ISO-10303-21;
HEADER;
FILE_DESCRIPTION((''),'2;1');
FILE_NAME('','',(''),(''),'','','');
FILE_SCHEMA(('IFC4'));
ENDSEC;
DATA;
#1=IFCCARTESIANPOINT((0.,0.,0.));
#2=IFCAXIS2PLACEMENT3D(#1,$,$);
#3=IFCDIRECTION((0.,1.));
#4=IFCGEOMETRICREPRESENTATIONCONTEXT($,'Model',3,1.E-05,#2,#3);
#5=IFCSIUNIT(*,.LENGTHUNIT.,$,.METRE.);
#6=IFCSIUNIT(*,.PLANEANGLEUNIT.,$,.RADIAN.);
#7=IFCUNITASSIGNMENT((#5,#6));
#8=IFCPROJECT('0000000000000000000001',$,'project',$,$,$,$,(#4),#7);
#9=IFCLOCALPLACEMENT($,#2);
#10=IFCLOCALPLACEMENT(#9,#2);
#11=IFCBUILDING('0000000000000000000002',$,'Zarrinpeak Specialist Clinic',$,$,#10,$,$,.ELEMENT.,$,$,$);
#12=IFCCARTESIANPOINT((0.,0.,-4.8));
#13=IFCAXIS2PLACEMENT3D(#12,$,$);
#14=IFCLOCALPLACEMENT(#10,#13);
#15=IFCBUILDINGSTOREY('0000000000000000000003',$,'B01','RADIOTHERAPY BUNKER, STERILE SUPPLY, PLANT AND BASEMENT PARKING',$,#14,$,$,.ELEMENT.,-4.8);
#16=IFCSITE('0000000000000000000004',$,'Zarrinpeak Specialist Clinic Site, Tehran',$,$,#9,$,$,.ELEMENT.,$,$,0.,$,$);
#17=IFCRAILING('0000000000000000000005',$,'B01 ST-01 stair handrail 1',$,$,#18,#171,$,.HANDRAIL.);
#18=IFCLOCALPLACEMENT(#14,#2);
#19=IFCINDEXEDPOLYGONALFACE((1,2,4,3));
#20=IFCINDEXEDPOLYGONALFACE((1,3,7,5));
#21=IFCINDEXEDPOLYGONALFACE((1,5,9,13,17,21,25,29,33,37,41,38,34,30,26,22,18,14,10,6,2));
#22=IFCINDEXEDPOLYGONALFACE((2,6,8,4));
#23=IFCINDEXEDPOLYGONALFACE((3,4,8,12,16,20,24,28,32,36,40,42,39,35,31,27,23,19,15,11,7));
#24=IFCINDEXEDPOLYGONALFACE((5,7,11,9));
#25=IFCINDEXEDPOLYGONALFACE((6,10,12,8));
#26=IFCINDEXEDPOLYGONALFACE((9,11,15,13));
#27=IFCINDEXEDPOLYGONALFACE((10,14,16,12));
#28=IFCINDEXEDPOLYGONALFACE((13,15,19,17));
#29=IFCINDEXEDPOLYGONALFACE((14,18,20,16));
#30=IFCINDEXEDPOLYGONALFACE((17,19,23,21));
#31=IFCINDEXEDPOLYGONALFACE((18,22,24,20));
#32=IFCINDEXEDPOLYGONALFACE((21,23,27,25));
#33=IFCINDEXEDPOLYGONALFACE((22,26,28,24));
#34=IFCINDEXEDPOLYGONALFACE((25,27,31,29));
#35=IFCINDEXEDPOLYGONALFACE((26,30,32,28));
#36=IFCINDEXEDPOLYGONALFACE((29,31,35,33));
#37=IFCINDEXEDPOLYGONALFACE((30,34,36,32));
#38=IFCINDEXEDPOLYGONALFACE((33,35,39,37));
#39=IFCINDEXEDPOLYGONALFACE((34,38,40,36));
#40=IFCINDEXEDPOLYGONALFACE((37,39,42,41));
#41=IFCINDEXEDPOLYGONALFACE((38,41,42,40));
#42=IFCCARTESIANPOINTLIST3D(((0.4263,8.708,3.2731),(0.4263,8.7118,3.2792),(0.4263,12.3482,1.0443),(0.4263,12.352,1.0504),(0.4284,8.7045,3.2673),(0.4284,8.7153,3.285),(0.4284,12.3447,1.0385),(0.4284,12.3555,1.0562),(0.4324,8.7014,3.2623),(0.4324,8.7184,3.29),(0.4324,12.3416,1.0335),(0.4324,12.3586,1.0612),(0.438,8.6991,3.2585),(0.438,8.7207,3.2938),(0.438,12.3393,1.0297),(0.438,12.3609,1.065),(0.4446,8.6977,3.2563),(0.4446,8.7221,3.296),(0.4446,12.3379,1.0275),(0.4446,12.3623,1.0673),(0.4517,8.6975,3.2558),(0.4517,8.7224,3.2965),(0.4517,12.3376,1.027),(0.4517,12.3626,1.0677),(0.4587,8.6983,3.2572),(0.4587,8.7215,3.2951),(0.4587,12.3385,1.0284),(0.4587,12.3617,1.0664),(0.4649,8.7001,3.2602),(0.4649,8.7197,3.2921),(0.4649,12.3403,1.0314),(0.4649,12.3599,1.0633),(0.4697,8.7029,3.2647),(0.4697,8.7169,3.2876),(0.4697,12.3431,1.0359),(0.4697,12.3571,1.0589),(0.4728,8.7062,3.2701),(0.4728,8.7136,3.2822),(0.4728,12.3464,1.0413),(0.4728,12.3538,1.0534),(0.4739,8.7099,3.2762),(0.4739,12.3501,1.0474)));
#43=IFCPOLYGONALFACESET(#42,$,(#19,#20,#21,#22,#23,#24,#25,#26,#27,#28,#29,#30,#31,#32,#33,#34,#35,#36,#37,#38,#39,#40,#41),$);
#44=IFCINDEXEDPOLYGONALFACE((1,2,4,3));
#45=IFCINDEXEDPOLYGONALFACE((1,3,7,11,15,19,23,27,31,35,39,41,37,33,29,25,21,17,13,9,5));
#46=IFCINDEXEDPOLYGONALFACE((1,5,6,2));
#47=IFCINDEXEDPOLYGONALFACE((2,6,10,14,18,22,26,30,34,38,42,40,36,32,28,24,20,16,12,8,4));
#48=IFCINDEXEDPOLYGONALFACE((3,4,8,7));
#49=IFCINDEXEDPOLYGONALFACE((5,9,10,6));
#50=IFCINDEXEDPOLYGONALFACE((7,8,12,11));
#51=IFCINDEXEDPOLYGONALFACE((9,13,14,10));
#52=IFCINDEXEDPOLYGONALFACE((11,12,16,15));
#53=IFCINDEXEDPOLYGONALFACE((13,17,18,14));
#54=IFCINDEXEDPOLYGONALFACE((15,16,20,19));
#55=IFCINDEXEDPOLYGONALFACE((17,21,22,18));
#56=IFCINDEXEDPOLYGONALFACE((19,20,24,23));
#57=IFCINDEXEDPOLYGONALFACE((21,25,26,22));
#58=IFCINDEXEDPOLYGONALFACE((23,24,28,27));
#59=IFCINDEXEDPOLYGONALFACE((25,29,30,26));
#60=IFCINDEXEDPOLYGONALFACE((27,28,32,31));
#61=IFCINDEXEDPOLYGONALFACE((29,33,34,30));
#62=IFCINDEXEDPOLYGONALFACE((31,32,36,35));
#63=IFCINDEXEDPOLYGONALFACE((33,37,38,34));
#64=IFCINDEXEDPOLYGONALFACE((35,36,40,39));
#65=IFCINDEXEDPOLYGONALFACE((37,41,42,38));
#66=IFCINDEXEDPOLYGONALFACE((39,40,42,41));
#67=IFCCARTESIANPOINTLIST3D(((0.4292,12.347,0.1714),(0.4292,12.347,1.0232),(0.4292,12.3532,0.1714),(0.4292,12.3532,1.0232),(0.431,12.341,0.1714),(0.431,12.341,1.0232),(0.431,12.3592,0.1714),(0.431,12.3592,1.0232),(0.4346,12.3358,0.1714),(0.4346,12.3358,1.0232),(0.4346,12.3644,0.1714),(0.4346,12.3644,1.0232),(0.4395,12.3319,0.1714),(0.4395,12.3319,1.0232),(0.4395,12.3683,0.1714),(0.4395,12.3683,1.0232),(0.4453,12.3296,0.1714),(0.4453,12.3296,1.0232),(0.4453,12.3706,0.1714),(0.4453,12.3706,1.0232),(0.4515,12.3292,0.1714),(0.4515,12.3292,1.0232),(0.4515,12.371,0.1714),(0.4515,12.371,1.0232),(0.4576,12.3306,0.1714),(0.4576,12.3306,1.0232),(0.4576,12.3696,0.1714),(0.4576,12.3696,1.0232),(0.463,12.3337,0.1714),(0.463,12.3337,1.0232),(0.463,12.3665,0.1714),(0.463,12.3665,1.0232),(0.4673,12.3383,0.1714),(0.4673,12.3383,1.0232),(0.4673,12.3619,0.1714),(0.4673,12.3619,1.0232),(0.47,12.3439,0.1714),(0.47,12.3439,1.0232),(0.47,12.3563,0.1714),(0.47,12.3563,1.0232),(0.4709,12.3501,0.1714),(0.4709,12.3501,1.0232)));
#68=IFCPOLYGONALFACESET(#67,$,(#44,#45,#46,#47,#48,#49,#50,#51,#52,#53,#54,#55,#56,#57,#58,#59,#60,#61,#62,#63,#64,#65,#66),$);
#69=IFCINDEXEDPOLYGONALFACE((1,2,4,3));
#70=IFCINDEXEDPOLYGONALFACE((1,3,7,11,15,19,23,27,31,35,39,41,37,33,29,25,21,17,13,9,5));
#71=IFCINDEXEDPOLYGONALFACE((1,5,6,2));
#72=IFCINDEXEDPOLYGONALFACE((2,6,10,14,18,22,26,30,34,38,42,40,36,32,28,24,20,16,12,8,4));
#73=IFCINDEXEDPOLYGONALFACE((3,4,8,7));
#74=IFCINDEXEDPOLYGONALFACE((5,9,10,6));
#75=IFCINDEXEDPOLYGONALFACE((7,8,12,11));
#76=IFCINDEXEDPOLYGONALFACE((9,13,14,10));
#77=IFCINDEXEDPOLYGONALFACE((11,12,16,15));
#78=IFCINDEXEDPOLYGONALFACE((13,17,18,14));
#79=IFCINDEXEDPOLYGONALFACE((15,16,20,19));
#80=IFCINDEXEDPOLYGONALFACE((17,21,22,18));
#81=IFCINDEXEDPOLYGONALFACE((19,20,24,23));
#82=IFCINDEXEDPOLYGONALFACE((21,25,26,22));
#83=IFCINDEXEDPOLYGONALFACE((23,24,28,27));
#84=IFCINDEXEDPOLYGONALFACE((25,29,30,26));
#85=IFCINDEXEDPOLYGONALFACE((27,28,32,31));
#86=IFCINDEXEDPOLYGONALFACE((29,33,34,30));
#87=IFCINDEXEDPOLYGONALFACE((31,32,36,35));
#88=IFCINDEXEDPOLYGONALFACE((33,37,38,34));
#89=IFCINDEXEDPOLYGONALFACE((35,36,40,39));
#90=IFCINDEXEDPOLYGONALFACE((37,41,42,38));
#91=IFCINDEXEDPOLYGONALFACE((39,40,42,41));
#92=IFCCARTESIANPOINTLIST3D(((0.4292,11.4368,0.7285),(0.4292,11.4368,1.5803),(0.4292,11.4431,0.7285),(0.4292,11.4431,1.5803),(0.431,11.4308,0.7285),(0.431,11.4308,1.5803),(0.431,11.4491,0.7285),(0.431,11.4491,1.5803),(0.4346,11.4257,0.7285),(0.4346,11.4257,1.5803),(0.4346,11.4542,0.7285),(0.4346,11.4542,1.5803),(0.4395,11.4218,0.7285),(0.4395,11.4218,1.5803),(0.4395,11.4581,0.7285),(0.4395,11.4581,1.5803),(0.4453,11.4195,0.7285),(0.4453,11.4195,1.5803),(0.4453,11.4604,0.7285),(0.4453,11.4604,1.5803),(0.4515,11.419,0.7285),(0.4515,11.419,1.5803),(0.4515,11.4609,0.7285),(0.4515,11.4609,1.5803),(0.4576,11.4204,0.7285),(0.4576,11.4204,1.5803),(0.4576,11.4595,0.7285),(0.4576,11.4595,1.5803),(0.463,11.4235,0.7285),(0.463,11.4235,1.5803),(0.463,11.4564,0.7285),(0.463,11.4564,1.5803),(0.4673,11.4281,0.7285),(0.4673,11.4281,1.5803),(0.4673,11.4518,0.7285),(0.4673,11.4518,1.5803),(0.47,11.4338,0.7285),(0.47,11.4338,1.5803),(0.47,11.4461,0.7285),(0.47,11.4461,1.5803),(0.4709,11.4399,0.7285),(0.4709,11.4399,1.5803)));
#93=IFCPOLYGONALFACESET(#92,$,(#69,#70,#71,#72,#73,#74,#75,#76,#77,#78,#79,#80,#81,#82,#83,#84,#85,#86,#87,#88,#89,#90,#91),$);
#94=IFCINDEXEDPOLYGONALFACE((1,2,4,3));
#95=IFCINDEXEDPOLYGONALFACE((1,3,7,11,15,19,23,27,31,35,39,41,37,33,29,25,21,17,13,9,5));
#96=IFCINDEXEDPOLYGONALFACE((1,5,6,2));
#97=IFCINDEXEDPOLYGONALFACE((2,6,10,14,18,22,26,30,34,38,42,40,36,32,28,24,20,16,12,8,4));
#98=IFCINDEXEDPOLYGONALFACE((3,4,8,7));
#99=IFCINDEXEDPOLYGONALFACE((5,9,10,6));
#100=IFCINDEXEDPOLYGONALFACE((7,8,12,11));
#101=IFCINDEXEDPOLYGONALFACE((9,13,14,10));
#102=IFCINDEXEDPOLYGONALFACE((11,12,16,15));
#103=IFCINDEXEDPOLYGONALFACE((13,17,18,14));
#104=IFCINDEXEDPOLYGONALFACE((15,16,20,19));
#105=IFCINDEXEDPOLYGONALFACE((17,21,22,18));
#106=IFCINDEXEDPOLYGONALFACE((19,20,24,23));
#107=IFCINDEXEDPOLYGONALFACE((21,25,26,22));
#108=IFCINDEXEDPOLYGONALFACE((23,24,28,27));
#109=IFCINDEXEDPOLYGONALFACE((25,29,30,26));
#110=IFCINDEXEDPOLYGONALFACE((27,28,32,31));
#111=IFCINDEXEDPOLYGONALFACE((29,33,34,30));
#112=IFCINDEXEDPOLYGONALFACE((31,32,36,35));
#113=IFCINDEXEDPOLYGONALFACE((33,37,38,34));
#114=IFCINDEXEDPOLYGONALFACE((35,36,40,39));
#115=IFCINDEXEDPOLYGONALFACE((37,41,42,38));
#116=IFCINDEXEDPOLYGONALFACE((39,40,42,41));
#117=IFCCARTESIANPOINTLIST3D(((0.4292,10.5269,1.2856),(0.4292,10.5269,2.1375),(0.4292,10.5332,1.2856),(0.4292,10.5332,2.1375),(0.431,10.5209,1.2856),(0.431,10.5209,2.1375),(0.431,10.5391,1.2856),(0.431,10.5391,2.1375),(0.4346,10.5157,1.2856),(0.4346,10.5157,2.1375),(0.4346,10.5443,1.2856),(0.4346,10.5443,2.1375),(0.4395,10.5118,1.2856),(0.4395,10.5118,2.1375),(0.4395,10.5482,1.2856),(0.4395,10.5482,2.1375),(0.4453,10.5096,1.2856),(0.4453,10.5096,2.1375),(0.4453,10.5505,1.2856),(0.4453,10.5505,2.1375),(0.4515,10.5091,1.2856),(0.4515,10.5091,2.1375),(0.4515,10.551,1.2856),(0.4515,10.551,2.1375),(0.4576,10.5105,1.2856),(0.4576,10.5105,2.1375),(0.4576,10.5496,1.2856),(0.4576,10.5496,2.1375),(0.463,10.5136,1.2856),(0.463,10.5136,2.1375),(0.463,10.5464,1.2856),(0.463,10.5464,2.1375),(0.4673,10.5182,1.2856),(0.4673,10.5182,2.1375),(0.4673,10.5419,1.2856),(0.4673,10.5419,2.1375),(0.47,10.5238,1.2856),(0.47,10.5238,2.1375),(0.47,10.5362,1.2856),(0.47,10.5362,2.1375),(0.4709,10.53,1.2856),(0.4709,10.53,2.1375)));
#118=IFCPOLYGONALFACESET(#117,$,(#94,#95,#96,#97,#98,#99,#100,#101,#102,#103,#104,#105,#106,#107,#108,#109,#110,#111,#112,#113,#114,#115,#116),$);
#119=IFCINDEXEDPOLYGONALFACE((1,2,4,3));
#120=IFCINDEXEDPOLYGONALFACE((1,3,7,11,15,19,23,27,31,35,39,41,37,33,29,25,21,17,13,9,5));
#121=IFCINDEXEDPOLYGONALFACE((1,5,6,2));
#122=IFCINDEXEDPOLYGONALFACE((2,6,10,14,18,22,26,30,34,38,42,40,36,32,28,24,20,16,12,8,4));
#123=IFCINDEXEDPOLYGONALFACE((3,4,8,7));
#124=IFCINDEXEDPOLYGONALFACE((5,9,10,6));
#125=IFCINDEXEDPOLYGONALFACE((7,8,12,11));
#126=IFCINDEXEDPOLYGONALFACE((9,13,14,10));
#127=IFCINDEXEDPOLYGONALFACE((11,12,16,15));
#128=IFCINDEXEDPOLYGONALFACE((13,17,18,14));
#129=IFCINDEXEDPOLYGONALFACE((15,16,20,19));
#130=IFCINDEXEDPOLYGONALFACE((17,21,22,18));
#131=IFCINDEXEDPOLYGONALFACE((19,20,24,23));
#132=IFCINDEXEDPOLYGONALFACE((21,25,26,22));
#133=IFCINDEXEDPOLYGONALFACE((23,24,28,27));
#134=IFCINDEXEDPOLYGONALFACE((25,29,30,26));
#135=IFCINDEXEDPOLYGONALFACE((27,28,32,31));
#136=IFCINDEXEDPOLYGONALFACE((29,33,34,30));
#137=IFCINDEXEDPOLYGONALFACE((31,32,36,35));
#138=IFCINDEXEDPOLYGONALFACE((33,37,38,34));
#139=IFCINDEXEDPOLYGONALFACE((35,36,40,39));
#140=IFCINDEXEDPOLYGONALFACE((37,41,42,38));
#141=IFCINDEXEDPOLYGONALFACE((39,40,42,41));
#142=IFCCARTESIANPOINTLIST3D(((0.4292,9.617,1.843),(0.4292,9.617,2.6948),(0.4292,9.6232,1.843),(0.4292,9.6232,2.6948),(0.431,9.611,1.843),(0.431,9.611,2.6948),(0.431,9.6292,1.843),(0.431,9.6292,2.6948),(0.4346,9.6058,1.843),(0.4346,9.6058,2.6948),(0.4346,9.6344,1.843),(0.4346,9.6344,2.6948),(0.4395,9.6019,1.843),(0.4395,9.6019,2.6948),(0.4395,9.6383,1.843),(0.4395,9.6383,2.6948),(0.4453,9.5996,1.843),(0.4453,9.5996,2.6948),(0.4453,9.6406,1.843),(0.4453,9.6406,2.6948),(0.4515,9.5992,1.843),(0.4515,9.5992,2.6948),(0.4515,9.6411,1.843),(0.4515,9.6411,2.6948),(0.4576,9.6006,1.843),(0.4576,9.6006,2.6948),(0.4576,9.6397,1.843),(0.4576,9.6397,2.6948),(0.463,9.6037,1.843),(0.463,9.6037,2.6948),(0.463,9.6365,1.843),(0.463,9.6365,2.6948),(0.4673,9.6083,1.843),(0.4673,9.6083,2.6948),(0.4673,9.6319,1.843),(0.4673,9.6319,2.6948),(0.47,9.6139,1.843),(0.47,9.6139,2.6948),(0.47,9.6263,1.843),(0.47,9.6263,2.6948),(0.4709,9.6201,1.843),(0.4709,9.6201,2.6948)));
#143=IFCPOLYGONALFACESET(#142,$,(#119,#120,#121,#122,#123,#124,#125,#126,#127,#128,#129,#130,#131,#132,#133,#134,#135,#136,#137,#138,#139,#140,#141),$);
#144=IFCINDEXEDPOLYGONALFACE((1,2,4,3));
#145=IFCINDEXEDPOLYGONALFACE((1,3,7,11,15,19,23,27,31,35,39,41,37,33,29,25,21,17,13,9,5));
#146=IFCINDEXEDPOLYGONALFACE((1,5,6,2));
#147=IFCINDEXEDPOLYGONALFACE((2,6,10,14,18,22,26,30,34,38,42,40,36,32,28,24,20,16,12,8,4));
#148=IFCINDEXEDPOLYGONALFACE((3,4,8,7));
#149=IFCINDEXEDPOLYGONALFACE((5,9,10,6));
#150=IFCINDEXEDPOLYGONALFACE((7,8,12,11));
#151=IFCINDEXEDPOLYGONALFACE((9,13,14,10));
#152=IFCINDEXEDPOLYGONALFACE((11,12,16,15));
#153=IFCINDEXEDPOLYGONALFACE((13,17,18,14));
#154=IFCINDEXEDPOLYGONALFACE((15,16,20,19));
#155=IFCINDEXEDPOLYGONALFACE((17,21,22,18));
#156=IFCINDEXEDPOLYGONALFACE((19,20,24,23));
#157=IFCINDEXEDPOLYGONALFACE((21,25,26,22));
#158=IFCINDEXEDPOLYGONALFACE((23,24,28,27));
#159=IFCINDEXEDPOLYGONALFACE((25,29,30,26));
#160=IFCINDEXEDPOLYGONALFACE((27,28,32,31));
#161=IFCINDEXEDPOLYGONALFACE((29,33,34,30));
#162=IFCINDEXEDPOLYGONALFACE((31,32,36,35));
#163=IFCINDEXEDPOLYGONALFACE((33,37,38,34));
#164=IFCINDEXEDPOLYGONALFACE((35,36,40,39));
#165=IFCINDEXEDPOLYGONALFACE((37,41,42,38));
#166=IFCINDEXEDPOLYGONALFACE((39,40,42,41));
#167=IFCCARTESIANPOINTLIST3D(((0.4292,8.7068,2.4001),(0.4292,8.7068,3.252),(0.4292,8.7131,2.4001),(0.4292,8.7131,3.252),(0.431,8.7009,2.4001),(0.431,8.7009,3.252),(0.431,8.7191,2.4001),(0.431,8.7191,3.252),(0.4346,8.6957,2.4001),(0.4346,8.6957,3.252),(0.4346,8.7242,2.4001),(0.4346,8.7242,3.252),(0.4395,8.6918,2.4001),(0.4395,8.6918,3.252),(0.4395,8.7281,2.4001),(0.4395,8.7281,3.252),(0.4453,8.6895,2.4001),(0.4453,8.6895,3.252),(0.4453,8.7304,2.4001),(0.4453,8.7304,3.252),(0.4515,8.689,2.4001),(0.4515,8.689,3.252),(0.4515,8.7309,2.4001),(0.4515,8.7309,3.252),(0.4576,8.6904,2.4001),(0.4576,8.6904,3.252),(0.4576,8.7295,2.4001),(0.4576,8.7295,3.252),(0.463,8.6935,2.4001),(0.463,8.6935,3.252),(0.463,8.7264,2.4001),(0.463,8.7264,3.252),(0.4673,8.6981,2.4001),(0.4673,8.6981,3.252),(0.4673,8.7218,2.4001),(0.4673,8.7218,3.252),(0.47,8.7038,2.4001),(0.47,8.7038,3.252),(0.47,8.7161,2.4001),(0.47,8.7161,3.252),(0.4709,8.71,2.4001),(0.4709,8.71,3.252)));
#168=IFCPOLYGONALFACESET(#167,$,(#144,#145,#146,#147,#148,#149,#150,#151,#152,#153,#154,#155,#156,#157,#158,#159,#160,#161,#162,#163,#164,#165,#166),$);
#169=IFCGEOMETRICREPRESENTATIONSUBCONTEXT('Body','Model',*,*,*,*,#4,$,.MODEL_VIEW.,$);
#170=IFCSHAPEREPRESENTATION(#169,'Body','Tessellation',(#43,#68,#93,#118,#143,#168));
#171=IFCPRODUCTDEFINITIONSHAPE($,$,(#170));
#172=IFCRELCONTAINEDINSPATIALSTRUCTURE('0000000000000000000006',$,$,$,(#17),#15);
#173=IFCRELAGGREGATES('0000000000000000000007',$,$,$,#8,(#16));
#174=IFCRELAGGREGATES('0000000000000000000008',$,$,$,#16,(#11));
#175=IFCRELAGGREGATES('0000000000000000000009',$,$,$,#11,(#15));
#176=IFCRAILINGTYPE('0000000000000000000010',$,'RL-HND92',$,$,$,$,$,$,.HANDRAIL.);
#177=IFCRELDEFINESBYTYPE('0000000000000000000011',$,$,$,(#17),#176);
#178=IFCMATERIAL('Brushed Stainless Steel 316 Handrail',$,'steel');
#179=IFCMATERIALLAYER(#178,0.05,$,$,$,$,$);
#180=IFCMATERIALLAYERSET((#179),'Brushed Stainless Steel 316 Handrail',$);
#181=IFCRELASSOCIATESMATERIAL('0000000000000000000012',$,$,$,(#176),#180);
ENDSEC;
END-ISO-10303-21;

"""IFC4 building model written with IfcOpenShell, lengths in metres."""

from ifc_helpers import new_model, si_unit, direction, frame, origin, origin_2d, place, context, subcontext, project, spatial, circle, extrude, material, layer, layer_set, type_object, element, save


model = new_model("IFC4")

# Units and contexts
model_context = context("Model", 3, precision=1e-05, world=origin(), true_north=direction((0.0, 1.0)))
body_context = subcontext(model_context, "Body", "Model", "MODEL_VIEW")
ifc_project = project(units=[si_unit("LENGTHUNIT", "METRE"), si_unit("PLANEANGLEUNIT", "RADIAN")], contexts=[model_context])

# Site, building, storey
site_placement = place(None, origin())
site = spatial("IfcSite", under=ifc_project, at=site_placement, Name="Zarrinpeak Specialist Clinic Site, Tehran", CompositionType="ELEMENT", RefElevation=0.0)
building_placement = place(site_placement, origin())
building = spatial("IfcBuilding", under=site, at=building_placement, Name="Zarrinpeak Specialist Clinic", CompositionType="ELEMENT")
storey_placement = place(building_placement, frame((0.0, 0.0, -4.8)))
storey = spatial("IfcBuildingStorey", under=building, at=storey_placement, Name="B01", Description="RADIOTHERAPY BUNKER, STERILE SUPPLY, PLANT AND BASEMENT PARKING", CompositionType="ELEMENT", Elevation=-4.8)

# Railing
ifc_material_1 = material(Name="Brushed Stainless Steel 316 Handrail", Category="steel")
ifc_layer_1 = layer(ifc_material_1, 0.05)
ifc_layer_set_1 = layer_set([ifc_layer_1], Name="Brushed Stainless Steel 316 Handrail")
railing_type_1 = type_object("IfcRailingType", Name="RL-HND92", PredefinedType="HANDRAIL", material=ifc_layer_set_1)
railing_1_placement = place(storey_placement, frame((0.45, 12.3501, 0.1714)))
element("IfcRailing", 1, at=railing_1_placement, inside=storey, type_object=railing_type_1, Name="B01 ST-01 stair handrail 1", PredefinedType="HANDRAIL", context=body_context, shape_type="SweptSolid", body=[
    extrude(circle(Radius=0.0239, at=origin_2d()), frame((0.0, 0.0, 0.876), z_axis=(0.0, -0.85284, 0.522172), x_axis=(1.0, 0.0, 0.0)), (0.0, 0.0, 1.0), 4.2683),
    extrude(circle(Radius=0.021, at=origin_2d()), origin(), (0.0, 0.0, 1.0), 0.8518),
    extrude(circle(Radius=0.021, at=origin_2d()), frame((0.0, -0.9102, 0.5571)), (0.0, 0.0, 1.0), 0.8518),
    extrude(circle(Radius=0.021, at=origin_2d()), frame((0.0, -1.8201, 1.1143)), (0.0, 0.0, 1.0), 0.8518),
    extrude(circle(Radius=0.021, at=origin_2d()), frame((0.0, -2.73, 1.6716)), (0.0, 0.0, 1.0), 0.8518),
    extrude(circle(Radius=0.021, at=origin_2d()), frame((0.0, -3.6401, 2.2288)), (0.0, 0.0, 1.0), 0.8518),
])

save(model, "model.ifc")
